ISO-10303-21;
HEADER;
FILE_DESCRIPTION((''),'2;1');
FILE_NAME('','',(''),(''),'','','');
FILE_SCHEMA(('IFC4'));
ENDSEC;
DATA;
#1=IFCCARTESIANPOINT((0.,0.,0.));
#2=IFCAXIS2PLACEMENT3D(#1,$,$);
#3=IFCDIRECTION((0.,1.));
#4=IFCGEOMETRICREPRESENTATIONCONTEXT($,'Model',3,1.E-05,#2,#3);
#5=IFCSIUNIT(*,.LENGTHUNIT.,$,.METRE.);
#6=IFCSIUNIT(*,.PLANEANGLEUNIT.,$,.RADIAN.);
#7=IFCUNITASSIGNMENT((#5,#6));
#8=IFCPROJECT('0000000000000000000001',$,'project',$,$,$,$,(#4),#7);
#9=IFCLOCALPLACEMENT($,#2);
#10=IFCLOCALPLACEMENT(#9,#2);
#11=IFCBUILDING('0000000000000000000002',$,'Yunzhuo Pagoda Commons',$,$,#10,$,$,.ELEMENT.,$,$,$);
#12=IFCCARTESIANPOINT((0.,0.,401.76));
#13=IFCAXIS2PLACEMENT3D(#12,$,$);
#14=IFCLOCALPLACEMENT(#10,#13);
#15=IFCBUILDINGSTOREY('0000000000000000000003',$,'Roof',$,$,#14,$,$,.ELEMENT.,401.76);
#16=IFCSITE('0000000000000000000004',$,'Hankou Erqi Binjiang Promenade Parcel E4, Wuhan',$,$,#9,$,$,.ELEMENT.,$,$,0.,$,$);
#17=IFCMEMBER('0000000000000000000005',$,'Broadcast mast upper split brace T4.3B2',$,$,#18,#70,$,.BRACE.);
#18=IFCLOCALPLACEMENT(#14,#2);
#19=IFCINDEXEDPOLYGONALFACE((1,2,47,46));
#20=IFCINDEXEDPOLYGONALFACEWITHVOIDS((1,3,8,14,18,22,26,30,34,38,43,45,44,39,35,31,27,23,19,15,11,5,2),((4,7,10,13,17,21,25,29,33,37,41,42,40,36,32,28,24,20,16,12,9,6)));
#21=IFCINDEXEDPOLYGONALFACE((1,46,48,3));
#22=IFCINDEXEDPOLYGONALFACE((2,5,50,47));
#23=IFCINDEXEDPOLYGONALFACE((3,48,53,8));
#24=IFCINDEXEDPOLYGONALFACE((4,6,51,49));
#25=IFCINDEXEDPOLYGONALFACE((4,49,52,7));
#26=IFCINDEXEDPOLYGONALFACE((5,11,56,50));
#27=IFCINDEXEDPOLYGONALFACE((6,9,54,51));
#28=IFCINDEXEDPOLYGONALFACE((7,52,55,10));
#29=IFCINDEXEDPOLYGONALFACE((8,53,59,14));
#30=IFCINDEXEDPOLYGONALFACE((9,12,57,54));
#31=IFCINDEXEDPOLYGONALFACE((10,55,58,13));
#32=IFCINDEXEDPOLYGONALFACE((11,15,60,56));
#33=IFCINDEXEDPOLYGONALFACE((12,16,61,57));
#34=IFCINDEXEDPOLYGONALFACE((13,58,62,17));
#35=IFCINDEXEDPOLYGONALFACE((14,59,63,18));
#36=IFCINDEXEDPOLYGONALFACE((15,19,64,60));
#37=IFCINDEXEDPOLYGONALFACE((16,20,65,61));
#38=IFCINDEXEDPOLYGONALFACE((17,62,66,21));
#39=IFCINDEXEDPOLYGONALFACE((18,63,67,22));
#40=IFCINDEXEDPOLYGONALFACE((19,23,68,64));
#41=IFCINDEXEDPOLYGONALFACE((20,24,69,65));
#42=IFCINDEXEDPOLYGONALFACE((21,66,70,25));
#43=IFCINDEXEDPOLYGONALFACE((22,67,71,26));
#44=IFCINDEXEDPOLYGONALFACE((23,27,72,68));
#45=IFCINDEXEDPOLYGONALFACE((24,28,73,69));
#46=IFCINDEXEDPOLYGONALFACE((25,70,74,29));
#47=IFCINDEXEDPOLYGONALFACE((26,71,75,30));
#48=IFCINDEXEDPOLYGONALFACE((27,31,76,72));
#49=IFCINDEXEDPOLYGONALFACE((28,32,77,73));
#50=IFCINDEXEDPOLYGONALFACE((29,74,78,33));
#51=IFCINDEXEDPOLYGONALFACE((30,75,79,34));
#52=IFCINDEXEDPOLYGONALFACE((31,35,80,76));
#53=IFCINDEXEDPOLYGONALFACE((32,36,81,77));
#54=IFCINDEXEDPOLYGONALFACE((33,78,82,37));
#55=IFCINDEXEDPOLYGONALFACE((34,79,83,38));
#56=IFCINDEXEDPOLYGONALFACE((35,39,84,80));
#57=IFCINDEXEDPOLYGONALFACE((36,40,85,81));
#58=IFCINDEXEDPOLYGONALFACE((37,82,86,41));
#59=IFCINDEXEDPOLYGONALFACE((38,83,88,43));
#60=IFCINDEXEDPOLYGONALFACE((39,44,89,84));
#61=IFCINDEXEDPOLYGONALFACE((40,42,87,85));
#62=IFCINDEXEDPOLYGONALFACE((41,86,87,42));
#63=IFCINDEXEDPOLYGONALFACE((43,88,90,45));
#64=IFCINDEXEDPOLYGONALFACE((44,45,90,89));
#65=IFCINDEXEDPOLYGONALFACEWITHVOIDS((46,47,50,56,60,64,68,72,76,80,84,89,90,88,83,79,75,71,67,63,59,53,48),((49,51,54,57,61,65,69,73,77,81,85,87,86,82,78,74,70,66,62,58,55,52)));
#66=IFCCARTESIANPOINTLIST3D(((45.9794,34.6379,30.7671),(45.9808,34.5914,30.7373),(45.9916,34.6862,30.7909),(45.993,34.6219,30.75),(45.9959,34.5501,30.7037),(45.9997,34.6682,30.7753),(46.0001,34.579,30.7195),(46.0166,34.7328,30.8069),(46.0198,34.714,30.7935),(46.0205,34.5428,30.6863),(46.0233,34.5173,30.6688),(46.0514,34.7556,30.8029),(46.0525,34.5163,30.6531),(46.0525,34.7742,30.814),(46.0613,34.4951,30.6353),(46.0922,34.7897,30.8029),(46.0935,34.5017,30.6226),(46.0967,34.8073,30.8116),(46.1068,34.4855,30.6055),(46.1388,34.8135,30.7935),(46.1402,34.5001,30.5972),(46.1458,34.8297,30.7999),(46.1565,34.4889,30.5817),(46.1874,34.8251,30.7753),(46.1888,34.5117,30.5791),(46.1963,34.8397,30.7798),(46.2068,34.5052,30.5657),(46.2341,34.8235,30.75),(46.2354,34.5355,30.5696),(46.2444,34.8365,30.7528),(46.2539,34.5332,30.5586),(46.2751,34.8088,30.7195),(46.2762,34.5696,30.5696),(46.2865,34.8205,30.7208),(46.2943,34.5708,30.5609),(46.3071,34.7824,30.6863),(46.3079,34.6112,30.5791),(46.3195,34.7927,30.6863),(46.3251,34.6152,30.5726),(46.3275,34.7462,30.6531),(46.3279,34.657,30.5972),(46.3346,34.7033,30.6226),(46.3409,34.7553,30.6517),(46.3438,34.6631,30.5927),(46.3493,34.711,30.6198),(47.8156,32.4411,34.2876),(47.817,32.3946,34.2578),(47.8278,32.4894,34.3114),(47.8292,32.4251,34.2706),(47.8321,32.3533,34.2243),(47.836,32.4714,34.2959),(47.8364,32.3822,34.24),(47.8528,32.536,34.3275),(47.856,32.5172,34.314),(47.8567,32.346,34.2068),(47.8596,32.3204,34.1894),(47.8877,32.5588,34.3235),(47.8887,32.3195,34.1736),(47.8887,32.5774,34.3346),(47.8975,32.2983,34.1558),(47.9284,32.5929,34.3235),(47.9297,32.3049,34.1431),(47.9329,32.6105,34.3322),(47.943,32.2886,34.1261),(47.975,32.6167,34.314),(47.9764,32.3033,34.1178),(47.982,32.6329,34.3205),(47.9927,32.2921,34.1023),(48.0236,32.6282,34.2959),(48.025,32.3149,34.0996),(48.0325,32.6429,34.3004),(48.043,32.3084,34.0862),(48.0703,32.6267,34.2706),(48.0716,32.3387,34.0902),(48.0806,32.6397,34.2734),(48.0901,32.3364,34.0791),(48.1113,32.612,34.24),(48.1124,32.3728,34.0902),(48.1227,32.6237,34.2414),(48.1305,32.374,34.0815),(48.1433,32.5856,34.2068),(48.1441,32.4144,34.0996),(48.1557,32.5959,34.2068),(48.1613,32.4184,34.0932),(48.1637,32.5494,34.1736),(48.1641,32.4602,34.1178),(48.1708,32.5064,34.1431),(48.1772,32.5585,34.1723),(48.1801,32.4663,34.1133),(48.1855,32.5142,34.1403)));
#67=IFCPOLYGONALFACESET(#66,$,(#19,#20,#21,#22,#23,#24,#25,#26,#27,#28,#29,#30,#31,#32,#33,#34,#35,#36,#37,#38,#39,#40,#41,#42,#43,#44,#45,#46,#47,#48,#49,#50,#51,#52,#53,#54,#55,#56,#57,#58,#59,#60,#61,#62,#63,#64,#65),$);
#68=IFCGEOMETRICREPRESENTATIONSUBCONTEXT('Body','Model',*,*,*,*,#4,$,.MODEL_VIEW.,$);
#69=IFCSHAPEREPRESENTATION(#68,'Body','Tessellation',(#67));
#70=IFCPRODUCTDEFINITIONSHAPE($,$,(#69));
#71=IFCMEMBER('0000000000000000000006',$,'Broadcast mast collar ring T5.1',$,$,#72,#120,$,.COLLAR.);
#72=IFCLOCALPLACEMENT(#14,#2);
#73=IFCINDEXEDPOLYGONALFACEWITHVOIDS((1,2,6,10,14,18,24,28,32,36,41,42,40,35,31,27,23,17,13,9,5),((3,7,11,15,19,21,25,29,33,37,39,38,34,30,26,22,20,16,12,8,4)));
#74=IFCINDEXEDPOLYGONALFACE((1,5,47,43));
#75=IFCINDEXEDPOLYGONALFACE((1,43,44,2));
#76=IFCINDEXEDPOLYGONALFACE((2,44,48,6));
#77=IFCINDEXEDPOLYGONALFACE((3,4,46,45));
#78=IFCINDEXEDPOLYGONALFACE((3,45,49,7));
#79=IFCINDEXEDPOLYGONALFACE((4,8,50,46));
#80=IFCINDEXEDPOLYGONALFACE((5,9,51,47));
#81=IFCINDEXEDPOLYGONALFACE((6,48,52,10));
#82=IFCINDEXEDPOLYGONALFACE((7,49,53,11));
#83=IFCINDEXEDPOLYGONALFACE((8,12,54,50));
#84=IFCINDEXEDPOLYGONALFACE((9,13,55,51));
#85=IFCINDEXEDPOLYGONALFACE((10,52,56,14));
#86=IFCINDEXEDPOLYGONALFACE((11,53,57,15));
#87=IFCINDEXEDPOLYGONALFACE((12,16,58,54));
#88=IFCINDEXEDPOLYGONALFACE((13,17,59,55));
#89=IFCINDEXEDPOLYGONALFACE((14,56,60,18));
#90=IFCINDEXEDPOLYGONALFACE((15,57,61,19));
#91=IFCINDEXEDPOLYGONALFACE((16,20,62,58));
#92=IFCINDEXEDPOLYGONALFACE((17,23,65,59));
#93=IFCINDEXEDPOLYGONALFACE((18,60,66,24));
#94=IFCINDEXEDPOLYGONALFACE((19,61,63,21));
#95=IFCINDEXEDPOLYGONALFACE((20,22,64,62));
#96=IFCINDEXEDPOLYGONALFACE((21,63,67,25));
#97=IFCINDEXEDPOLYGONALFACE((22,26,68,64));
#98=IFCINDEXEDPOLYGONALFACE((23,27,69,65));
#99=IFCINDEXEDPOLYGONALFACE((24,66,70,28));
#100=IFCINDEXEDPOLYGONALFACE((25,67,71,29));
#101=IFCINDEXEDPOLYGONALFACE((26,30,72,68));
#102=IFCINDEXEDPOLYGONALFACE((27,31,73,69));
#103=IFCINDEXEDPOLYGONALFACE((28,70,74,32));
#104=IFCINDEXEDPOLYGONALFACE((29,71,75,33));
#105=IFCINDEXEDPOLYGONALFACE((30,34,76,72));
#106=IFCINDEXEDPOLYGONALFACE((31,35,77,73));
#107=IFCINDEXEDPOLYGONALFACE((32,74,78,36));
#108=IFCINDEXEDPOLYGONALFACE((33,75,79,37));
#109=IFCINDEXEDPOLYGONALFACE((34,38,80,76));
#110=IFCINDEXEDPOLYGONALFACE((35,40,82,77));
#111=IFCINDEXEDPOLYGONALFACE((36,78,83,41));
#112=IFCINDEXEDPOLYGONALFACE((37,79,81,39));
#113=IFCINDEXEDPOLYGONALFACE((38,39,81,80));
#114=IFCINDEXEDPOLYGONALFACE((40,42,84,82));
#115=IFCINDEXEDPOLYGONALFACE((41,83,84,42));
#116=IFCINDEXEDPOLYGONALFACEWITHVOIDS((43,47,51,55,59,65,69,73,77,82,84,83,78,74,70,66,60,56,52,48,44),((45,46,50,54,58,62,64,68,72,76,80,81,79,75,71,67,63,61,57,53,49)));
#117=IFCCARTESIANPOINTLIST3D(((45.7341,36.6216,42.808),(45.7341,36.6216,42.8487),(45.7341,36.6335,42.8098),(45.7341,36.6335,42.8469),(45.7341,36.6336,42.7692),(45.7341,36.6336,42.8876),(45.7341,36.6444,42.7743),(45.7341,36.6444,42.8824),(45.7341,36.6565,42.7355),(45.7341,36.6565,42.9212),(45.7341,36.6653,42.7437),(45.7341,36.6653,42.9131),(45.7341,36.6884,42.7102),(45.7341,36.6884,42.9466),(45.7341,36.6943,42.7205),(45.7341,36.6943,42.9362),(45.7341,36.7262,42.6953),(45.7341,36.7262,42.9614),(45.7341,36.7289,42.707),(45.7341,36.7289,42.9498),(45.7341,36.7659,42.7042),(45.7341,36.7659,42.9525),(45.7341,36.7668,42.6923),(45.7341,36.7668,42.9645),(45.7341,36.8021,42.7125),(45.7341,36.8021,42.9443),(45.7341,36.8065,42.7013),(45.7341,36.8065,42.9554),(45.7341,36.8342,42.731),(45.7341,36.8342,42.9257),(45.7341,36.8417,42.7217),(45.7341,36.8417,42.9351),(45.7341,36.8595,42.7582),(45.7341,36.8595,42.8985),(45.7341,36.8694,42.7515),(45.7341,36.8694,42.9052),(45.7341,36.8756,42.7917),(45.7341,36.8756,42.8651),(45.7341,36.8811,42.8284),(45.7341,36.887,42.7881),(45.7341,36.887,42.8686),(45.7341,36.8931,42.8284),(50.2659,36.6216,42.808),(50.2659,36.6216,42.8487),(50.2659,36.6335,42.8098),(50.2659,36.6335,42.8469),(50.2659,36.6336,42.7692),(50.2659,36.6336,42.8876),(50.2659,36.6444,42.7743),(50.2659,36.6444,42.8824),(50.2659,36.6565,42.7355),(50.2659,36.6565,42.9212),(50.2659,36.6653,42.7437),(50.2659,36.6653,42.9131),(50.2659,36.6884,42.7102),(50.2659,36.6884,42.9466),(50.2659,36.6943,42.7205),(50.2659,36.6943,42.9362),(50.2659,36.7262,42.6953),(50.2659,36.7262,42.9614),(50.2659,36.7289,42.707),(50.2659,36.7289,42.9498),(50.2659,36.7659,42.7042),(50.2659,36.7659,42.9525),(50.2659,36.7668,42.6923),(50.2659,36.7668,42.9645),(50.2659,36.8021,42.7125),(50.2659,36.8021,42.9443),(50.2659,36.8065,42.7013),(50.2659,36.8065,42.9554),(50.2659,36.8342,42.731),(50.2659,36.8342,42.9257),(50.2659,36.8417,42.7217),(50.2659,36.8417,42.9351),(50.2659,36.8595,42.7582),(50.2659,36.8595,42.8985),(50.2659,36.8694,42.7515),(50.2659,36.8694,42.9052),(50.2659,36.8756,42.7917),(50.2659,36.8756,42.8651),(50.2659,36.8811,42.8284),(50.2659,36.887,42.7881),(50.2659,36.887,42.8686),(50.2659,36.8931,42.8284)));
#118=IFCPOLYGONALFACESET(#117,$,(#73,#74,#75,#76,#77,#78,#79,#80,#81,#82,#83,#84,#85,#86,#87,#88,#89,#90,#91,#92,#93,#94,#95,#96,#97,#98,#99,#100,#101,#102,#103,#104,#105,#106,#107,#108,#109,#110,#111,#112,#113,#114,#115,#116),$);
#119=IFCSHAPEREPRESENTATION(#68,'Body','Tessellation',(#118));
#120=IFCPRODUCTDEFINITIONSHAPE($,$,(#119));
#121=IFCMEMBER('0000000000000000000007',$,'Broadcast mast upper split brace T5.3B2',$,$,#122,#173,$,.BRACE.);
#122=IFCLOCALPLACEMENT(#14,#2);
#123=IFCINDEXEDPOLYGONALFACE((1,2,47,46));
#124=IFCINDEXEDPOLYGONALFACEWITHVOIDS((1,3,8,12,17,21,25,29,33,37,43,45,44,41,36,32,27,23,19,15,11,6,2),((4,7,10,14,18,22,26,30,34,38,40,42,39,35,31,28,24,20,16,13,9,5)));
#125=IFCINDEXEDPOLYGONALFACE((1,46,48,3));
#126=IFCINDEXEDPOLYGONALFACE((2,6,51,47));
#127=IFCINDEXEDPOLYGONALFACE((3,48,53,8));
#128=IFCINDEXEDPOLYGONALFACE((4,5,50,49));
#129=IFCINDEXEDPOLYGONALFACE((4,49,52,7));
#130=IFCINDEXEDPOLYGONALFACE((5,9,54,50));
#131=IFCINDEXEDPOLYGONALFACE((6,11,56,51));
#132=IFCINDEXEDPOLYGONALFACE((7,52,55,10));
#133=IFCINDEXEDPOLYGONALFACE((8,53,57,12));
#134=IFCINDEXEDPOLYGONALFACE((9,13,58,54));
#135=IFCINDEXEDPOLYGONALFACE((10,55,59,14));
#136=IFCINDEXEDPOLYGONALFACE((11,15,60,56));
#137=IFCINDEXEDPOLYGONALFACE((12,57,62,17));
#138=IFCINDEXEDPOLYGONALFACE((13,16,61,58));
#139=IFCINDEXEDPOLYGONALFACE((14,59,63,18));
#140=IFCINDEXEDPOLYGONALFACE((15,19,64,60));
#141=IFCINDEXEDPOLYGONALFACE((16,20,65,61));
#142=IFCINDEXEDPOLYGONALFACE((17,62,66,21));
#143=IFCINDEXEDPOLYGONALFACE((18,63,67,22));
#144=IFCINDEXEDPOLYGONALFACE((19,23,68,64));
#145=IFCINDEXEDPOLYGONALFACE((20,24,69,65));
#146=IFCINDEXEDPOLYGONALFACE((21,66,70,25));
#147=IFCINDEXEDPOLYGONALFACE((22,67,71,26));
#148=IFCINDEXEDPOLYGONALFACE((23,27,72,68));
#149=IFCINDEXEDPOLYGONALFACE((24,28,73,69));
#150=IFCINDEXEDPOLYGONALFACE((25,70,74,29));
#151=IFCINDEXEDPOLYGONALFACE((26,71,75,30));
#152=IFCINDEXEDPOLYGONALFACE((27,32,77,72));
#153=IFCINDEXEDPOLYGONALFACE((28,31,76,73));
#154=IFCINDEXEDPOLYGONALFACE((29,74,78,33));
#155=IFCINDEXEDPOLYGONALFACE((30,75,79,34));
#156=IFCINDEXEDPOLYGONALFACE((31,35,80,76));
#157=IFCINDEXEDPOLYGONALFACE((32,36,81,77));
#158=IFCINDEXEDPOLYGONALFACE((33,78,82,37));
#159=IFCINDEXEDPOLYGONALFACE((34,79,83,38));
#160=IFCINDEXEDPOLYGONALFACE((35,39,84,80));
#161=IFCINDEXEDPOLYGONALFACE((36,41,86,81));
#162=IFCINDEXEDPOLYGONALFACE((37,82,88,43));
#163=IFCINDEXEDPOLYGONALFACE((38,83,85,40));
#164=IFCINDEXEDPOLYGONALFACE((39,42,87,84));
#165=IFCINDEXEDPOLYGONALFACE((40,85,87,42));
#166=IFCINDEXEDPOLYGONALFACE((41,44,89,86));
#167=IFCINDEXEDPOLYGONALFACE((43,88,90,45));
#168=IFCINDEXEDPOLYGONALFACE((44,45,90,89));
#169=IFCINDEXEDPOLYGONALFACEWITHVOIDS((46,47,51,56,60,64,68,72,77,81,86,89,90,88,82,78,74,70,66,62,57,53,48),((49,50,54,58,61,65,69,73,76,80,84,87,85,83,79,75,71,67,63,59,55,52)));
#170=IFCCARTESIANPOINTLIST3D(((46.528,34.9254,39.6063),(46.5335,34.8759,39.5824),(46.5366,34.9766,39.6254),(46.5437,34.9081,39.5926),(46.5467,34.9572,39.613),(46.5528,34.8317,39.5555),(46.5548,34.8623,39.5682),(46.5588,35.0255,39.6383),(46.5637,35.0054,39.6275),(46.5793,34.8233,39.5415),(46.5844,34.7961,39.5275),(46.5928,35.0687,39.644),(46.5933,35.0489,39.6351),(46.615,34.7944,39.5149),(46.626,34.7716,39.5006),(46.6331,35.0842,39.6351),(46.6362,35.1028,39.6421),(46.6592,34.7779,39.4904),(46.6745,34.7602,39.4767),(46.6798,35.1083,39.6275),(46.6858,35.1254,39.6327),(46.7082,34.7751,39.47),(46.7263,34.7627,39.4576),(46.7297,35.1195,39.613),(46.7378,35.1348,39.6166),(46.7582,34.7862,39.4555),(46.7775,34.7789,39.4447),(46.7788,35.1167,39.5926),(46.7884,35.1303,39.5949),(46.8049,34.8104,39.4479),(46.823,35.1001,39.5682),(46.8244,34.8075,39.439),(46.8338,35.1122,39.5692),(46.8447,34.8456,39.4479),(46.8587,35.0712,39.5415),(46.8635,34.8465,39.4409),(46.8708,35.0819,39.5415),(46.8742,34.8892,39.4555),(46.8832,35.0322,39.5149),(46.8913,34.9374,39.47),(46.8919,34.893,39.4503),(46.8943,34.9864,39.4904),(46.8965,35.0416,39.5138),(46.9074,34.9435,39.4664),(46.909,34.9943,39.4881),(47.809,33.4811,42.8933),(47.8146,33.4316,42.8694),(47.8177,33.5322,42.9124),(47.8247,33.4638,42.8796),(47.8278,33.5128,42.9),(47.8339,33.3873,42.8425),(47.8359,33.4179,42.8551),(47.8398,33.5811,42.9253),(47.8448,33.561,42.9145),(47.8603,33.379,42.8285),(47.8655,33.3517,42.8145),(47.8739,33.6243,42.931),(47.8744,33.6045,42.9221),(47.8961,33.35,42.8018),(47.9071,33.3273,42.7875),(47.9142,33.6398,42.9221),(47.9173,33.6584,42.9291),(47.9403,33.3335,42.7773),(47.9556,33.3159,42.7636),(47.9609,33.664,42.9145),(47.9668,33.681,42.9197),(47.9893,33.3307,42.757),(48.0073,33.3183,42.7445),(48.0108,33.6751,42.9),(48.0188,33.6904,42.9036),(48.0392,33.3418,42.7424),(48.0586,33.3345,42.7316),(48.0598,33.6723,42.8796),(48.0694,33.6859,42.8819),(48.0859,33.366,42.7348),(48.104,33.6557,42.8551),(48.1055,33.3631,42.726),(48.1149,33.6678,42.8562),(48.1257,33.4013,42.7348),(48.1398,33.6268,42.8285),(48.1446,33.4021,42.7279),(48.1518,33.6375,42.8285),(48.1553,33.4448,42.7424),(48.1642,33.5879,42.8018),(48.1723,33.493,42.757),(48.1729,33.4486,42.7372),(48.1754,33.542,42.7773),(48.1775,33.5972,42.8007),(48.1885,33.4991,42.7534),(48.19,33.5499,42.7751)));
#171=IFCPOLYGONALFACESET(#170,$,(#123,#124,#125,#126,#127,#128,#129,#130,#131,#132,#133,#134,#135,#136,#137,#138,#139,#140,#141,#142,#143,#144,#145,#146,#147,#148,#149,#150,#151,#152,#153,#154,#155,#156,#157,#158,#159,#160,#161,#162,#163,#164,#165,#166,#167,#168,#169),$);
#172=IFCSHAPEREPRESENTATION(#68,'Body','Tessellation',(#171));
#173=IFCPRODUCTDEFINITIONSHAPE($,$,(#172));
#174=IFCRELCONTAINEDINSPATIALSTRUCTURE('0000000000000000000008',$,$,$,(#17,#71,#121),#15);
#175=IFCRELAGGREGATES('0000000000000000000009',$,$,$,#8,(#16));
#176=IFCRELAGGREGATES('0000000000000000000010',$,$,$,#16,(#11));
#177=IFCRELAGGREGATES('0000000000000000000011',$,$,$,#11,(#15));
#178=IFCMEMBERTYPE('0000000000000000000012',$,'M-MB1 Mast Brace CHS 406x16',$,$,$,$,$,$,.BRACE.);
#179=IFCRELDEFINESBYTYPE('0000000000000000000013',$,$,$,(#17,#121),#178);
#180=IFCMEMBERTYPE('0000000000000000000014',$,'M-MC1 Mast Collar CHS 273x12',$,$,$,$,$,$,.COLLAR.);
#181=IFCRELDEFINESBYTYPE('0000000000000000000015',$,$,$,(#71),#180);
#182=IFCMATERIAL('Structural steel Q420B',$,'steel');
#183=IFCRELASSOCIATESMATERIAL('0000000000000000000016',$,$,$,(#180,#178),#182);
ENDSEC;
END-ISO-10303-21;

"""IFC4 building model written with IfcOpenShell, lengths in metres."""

from ifc_helpers import new_model, si_unit, direction, frame, origin, origin_2d, place, context, subcontext, project, spatial, hollow_circle, extrude, source, transform, mapped, material, material_profile, profile_set, type_object, element, save


model = new_model("IFC4")

# Units and contexts
model_context = context("Model", 3, precision=1e-05, world=origin(), true_north=direction((0.0, 1.0)))
body_context = subcontext(model_context, "Body", "Model", "MODEL_VIEW")
ifc_project = project(units=[si_unit("LENGTHUNIT", "METRE"), si_unit("PLANEANGLEUNIT", "RADIAN")], contexts=[model_context])

# Site, building, storey
site_placement = place(None, origin())
site = spatial("IfcSite", under=ifc_project, at=site_placement, Name="Hankou Erqi Binjiang Promenade Parcel E4, Wuhan", CompositionType="ELEMENT", RefElevation=0.0)
building_placement = place(site_placement, origin())
building = spatial("IfcBuilding", under=site, at=building_placement, Name="Yunzhuo Pagoda Commons", CompositionType="ELEMENT")
storey_placement = place(building_placement, frame((0.0, 0.0, 401.76)))
storey = spatial("IfcBuildingStorey", under=building, at=storey_placement, Name="Roof", CompositionType="ELEMENT", Elevation=401.76)

# Members
ifc_material_1 = material(Name="Structural steel Q420B", Category="steel")
ifc_material_profile_1 = material_profile(ifc_material_1, hollow_circle(Radius=0.1365, WallThickness=0.012, at=origin_2d()), Name="Structural steel Q420B")
ifc_profile_set_1 = profile_set([ifc_material_profile_1], Name="Structural steel Q420B")
member_type_1 = type_object("IfcMemberType", Name="M-MC1 Mast Collar CHS 273x12", PredefinedType="COLLAR", material=ifc_profile_set_1)
ifc_material_profile_2 = material_profile(ifc_material_1, hollow_circle(Radius=0.2029, WallThickness=0.0161, at=origin_2d()), Name="Structural steel Q420B")
ifc_profile_set_2 = profile_set([ifc_material_profile_2], Name="Structural steel Q420B")
member_type_2 = type_object("IfcMemberType", Name="M-MB1 Mast Brace CHS 406x16", PredefinedType="BRACE", material=ifc_profile_set_2)
shared_shape_1 = source(origin(), body_context, "Body", "SweptSolid", [
    extrude(hollow_circle(Radius=0.2029, WallThickness=0.0161, at=origin_2d()), origin(), (0.0, 0.0, 1.0), 4.5378),
])
member_1_placement = place(storey_placement, frame((46.1638, 34.6626, 30.6863), z_axis=(0.404644, -0.484109, 0.775823), x_axis=(0.76727, 0.641324, 0.0)))
element("IfcMember", 1, at=member_1_placement, inside=storey, type_object=member_type_2, Name="Broadcast mast upper split brace T4.3B2", PredefinedType="BRACE", context=body_context, shape_type="MappedRepresentation", body=[
    mapped(shared_shape_1, transform((0.0, 0.0, 0.0), scale=1.0)),
])
shared_shape_2 = source(origin(), body_context, "Body", "SweptSolid", [
    extrude(hollow_circle(Radius=0.1365, WallThickness=0.012, at=origin_2d()), origin(), (0.0, 0.0, 1.0), 4.5317),
])
member_2_placement = place(storey_placement, frame((45.7341, 36.7566, 42.8284), z_axis=(1.0, 0.0, 0.0), x_axis=(0.0, 1.0, 0.0)))
element("IfcMember", 2, at=member_2_placement, inside=storey, type_object=member_type_1, Name="Broadcast mast collar ring T5.1", PredefinedType="COLLAR", context=body_context, shape_type="MappedRepresentation", body=[
    mapped(shared_shape_2, transform((0.0, 0.0, 0.0), scale=1.0)),
])
shared_shape_3 = source(origin(), body_context, "Body", "SweptSolid", [
    extrude(hollow_circle(Radius=0.2029, WallThickness=0.0161, at=origin_2d()), origin(), (0.0, 0.0, 1.0), 3.812),
])
member_3_placement = place(storey_placement, frame((46.719, 34.9473, 39.5415), z_axis=(0.336055, -0.378902, 0.862265), x_axis=(0.748141, 0.663539, 0.0)))
element("IfcMember", 3, at=member_3_placement, inside=storey, type_object=member_type_2, Name="Broadcast mast upper split brace T5.3B2", PredefinedType="BRACE", context=body_context, shape_type="MappedRepresentation", body=[
    mapped(shared_shape_3, transform((0.0, 0.0, 0.0), scale=1.0)),
])

save(model, "model.ifc")
